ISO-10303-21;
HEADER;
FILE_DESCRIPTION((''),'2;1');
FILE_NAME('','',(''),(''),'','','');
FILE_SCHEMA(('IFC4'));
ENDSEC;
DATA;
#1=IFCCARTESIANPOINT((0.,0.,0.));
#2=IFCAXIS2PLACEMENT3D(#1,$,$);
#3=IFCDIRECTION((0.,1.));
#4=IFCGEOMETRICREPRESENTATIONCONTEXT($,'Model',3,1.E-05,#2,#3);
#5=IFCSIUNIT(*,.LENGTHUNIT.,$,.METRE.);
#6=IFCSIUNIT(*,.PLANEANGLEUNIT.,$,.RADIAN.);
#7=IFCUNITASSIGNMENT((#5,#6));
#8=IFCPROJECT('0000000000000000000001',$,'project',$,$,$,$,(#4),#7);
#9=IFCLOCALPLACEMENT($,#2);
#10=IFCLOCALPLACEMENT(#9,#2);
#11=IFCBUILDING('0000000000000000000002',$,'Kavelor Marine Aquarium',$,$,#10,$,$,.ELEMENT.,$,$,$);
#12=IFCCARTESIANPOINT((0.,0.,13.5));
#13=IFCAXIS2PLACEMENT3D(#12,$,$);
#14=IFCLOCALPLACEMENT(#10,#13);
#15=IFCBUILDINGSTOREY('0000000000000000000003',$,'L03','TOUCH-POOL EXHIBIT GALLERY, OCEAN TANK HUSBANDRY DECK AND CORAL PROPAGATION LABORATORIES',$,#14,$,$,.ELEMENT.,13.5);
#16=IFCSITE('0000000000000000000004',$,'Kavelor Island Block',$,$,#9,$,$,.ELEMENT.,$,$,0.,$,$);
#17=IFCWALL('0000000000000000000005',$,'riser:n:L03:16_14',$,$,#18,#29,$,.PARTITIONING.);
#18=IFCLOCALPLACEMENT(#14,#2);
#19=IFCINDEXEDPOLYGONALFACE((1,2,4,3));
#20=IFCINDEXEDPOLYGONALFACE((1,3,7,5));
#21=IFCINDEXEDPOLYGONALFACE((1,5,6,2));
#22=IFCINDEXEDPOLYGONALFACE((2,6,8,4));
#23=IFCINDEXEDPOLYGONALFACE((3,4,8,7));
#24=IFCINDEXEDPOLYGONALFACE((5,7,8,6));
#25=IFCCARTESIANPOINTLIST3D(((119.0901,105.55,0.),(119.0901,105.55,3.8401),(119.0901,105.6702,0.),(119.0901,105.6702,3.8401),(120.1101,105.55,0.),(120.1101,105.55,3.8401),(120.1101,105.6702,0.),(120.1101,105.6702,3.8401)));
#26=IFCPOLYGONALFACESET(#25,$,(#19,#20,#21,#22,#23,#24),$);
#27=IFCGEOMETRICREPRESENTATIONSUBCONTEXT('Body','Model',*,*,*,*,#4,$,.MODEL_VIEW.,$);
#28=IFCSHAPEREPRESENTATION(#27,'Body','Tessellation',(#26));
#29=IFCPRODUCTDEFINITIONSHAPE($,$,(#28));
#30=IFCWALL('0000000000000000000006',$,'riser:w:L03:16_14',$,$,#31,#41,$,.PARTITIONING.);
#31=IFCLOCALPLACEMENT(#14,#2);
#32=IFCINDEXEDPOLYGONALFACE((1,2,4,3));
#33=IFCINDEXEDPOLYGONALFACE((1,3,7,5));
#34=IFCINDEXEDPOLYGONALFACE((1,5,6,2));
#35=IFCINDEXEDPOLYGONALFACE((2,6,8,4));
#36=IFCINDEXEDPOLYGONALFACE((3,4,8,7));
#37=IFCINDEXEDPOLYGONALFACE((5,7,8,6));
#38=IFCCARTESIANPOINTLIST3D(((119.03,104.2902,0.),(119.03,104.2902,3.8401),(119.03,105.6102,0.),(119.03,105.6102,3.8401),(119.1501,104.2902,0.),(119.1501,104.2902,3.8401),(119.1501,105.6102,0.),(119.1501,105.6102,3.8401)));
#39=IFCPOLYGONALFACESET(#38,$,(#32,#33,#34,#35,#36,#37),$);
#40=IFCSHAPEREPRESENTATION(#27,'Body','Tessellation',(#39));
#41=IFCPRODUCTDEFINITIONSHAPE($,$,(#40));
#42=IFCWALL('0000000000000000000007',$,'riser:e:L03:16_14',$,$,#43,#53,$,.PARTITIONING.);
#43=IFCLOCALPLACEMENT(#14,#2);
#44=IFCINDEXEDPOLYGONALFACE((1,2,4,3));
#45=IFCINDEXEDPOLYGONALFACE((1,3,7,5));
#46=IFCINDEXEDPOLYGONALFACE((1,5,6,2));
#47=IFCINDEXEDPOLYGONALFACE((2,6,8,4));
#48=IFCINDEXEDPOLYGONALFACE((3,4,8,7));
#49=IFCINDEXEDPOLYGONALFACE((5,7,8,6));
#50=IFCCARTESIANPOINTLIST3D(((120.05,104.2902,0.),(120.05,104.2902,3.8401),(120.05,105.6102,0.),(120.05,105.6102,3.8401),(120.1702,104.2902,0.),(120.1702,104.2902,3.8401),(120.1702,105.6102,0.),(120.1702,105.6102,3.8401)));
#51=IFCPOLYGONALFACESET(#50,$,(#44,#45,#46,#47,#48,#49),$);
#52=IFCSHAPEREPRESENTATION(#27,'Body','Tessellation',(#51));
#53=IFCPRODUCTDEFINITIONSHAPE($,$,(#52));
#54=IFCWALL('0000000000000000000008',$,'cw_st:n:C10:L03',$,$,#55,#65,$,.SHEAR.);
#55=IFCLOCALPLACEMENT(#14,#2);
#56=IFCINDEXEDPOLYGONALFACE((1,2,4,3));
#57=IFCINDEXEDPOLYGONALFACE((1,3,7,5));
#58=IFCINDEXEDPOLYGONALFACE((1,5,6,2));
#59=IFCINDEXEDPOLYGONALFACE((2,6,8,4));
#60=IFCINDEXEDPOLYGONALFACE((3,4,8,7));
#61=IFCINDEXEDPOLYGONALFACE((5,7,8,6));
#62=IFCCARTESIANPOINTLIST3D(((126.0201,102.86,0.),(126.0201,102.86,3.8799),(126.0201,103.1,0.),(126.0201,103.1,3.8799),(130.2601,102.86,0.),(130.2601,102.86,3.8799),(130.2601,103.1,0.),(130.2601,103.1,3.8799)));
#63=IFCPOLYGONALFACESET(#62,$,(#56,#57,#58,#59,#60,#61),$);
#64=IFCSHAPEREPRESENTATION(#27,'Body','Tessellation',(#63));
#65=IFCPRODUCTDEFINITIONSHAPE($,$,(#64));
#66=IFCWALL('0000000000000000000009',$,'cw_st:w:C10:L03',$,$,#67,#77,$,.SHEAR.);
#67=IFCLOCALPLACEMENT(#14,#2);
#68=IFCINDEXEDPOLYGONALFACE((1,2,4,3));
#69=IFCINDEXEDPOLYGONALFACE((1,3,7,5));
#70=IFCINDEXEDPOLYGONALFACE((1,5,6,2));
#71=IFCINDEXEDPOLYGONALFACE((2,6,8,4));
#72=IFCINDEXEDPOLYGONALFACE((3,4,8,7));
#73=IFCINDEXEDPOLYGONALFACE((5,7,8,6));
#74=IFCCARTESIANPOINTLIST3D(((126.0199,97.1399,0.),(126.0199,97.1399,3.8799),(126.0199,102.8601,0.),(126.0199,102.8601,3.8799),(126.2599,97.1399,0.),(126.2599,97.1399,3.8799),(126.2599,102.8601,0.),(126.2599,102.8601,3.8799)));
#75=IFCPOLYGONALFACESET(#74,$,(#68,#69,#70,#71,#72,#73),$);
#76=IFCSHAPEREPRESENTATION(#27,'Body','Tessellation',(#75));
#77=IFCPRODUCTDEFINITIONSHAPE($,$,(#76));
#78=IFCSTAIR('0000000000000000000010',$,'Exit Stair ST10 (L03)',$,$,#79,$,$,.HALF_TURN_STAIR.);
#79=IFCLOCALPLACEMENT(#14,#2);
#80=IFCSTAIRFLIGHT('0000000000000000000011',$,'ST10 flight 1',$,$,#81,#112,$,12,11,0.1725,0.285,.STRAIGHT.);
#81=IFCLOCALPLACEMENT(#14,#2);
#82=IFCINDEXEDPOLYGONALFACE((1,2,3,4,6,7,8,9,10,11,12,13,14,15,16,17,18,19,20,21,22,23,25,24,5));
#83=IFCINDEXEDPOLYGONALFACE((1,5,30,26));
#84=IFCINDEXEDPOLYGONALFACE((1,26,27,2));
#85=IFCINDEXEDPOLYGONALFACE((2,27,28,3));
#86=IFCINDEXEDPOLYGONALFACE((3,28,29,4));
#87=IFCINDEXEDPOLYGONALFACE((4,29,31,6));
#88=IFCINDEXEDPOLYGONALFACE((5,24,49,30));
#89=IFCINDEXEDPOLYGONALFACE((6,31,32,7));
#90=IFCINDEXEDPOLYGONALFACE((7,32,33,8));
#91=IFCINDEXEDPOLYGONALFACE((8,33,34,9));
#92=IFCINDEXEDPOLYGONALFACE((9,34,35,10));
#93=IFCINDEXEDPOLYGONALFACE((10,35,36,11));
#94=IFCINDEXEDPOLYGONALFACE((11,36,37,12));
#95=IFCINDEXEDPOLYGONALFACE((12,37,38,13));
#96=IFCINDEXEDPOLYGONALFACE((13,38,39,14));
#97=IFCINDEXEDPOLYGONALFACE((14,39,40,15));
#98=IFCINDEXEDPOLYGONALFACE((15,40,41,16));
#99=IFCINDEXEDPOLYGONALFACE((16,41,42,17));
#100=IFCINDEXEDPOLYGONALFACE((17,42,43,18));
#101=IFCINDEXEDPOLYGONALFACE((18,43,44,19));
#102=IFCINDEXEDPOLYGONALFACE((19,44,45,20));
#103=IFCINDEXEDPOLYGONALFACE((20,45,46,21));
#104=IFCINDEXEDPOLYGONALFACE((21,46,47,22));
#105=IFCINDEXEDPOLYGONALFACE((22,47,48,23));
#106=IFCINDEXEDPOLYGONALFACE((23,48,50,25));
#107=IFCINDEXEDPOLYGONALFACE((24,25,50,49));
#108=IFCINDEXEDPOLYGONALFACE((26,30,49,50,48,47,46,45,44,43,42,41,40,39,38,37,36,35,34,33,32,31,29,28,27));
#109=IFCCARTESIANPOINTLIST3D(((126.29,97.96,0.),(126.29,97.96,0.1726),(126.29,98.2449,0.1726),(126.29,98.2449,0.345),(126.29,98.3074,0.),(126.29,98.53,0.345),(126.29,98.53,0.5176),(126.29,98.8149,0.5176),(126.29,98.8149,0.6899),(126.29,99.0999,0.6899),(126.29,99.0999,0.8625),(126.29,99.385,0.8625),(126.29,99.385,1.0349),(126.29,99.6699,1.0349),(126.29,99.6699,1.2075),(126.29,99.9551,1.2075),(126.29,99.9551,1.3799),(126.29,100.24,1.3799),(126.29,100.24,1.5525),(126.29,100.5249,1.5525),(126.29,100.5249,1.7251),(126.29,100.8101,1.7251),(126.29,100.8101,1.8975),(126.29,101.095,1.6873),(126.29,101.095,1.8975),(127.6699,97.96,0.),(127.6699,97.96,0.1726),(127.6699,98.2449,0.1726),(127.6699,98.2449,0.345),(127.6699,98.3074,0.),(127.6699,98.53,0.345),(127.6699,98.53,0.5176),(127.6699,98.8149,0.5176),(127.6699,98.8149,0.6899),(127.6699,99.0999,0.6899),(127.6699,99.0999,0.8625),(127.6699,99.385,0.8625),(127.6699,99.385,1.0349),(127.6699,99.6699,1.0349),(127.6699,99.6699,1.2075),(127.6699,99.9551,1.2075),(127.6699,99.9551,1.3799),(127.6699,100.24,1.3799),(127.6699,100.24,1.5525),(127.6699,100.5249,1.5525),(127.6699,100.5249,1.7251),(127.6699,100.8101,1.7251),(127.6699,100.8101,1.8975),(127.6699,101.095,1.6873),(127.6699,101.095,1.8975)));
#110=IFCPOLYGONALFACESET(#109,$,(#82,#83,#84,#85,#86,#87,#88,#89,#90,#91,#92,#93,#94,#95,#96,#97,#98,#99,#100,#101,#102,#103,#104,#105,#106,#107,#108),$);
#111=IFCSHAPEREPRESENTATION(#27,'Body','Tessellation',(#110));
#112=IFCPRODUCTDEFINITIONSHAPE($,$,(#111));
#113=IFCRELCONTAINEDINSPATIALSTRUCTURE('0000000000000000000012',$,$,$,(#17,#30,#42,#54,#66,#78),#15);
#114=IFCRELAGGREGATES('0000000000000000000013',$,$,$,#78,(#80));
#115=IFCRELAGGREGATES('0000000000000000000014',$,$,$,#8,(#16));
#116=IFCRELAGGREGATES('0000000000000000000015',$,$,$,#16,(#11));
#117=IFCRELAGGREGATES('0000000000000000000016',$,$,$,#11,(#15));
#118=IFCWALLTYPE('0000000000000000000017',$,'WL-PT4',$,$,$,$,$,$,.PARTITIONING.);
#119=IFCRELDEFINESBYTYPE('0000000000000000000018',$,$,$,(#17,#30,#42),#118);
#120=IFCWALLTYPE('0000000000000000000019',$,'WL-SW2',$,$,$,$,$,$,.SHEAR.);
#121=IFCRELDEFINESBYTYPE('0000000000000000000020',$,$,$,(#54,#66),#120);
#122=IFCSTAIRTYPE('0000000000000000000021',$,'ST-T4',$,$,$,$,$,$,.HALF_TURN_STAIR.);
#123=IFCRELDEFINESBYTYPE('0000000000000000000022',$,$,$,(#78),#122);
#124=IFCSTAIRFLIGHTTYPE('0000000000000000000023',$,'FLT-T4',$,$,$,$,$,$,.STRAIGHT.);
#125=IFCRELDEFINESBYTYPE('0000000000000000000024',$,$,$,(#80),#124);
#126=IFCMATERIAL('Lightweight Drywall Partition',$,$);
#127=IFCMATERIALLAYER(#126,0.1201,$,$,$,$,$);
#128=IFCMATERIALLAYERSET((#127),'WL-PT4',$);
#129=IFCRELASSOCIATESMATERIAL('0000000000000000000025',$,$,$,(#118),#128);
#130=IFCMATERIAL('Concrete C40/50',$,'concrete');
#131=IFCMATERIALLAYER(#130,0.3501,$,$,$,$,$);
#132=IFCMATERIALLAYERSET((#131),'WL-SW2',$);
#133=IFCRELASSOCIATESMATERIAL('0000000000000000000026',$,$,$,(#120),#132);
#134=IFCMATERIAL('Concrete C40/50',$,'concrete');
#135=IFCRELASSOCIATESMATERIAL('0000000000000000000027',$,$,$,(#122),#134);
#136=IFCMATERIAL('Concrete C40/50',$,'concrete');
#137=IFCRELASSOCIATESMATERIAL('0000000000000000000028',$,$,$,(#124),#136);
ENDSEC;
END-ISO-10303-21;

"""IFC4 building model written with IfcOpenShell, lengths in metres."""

from ifc_helpers import new_model, si_unit, direction, frame, frame_2d, origin, place, context, subcontext, project, spatial, polyline, rectangle, outline, extrude, material, layer, layer_set, type_object, element, aggregate, save


model = new_model("IFC4")

# Units and contexts
model_context = context("Model", 3, precision=1e-05, world=origin(), true_north=direction((0.0, 1.0)))
body_context = subcontext(model_context, "Body", "Model", "MODEL_VIEW")
ifc_project = project(units=[si_unit("LENGTHUNIT", "METRE"), si_unit("PLANEANGLEUNIT", "RADIAN")], contexts=[model_context])

# Site, building, storey
site_placement = place(None, origin())
site = spatial("IfcSite", under=ifc_project, at=site_placement, Name="Kavelor Island Block", CompositionType="ELEMENT", RefElevation=0.0)
building_placement = place(site_placement, origin())
building = spatial("IfcBuilding", under=site, at=building_placement, Name="Kavelor Marine Aquarium", CompositionType="ELEMENT")
storey_placement = place(building_placement, frame((0.0, 0.0, 13.5)))
storey = spatial("IfcBuildingStorey", under=building, at=storey_placement, Name="L03", Description="TOUCH-POOL EXHIBIT GALLERY, OCEAN TANK HUSBANDRY DECK AND CORAL PROPAGATION LABORATORIES", CompositionType="ELEMENT", Elevation=13.5)

# Walls
ifc_material_1 = material(Name="Lightweight Drywall Partition")
ifc_layer_1 = layer(ifc_material_1, 0.1201)
ifc_layer_set_1 = layer_set([ifc_layer_1], Name="WL-PT4")
wall_type_1 = type_object("IfcWallType", Name="WL-PT4", PredefinedType="PARTITIONING", material=ifc_layer_set_1)
for number, where, z_axis, x_axis, name in (
    (1, (119.0901, 105.6101, 0.0), (0.0, 0.0, 1.0), (1.0, 0.0, 0.0), "riser:n:L03:16_14"),
):
    element("IfcWall", number, at=place(storey_placement, frame(where, z_axis=z_axis, x_axis=x_axis)), inside=storey, type_object=wall_type_1, Name=name, PredefinedType="PARTITIONING", context=body_context, shape_type="SweptSolid", body=[
        extrude(rectangle(XDim=1.02, YDim=0.1201, at=frame_2d((0.51, 0.0))), origin(), (0.0, 0.0, 1.0), 3.8401),
    ])
for number, where, z_axis, x_axis, name in (
    (2, (119.0901, 104.29, 0.0), (0.0, 0.0, 1.0), (0.0, 1.0, 0.0), "riser:w:L03:16_14"),
    (3, (120.1101, 104.29, 0.0), (0.0, 0.0, 1.0), (0.0, 1.0, 0.0), "riser:e:L03:16_14"),
):
    element("IfcWall", number, at=place(storey_placement, frame(where, z_axis=z_axis, x_axis=x_axis)), inside=storey, type_object=wall_type_1, Name=name, PredefinedType="PARTITIONING", context=body_context, shape_type="SweptSolid", body=[
        extrude(rectangle(XDim=1.3201, YDim=0.1201, at=frame_2d((0.6602, 0.0))), origin(), (0.0, 0.0, 1.0), 3.8401),
    ])
ifc_material_2 = material(Name="Concrete C40/50", Category="concrete")
ifc_layer_2 = layer(ifc_material_2, 0.3501)
ifc_layer_set_2 = layer_set([ifc_layer_2], Name="WL-SW2")
wall_type_2 = type_object("IfcWallType", Name="WL-SW2", PredefinedType="SHEAR", material=ifc_layer_set_2)
wall_1_placement = place(storey_placement, frame((126.02, 102.98, 0.0), z_axis=(0.0, 0.0, 1.0), x_axis=(1.0, 0.0, 0.0)))
element("IfcWall", 4, at=wall_1_placement, inside=storey, type_object=wall_type_2, Name="cw_st:n:C10:L03", PredefinedType="SHEAR", context=body_context, shape_type="SweptSolid", body=[
    extrude(rectangle(XDim=4.24, YDim=0.24, at=frame_2d((2.1201, 0.0))), origin(), (0.0, 0.0, 1.0), 3.8799),
])
wall_2_placement = place(storey_placement, frame((126.1399, 97.1399, 0.0), z_axis=(0.0, 0.0, 1.0), x_axis=(0.0, 1.0, 0.0)))
element("IfcWall", 5, at=wall_2_placement, inside=storey, type_object=wall_type_2, Name="cw_st:w:C10:L03", PredefinedType="SHEAR", context=body_context, shape_type="SweptSolid", body=[
    extrude(rectangle(XDim=5.7202, YDim=0.24, at=frame_2d((2.8601, 0.0))), origin(), (0.0, 0.0, 1.0), 3.8799),
])

# Stair, stair flight
ifc_material_3 = material(Name="Concrete C40/50", Category="concrete")
stair_type = type_object("IfcStairType", Name="ST-T4", PredefinedType="HALF_TURN_STAIR", material=ifc_material_3)
stair_placement = place(storey_placement, origin())
stair = element("IfcStair", 6, at=stair_placement, inside=storey, type_object=stair_type, Name="Exit Stair ST10 (L03)", PredefinedType="HALF_TURN_STAIR")
ifc_material_4 = material(Name="Concrete C40/50", Category="concrete")
stair_flight_type = type_object("IfcStairFlightType", Name="FLT-T4", PredefinedType="STRAIGHT", material=ifc_material_4)
stair_flight_placement = place(storey_placement, frame((126.98, 97.96, 0.0), z_axis=(0.0, 0.0, 1.0), x_axis=(0.0, 1.0, 0.0)))
stair_flight = element("IfcStairFlight", 7, at=stair_flight_placement, type_object=stair_flight_type, Name="ST10 flight 1", NumberOfRisers=12, NumberOfTreads=11, PredefinedType="STRAIGHT", RiserHeight=0.1725, TreadLength=0.285, context=body_context, shape_type="SweptSolid", body=[
    extrude(outline(polyline([(0.0, 0.0), (0.0, 0.1726), (0.2849, 0.1726), (0.2849, 0.345), (0.5701, 0.345), (0.5701, 0.5176), (0.855, 0.5176), (0.855, 0.6899), (1.1399, 0.6899), (1.1399, 0.8625), (1.425, 0.8625), (1.425, 1.0349), (1.71, 1.0349), (1.71, 1.2075), (1.9951, 1.2075), (1.9951, 1.3799), (2.28, 1.3799), (2.28, 1.5525), (2.5649, 1.5525), (2.5649, 1.7251), (2.8501, 1.7251), (2.8501, 1.8975), (3.135, 1.8975), (3.135, 2.0701), (3.135, 1.6873), (0.3474, 0.0), (0.0, 0.0)])), frame((0.0, 0.6899, 0.0), z_axis=(0.0, -1.0, 0.0), x_axis=(1.0, 0.0, 0.0)), (0.0, 0.0, 1.0), 1.3799),
])
aggregate(stair, [stair_flight])

save(model, "model.ifc")
